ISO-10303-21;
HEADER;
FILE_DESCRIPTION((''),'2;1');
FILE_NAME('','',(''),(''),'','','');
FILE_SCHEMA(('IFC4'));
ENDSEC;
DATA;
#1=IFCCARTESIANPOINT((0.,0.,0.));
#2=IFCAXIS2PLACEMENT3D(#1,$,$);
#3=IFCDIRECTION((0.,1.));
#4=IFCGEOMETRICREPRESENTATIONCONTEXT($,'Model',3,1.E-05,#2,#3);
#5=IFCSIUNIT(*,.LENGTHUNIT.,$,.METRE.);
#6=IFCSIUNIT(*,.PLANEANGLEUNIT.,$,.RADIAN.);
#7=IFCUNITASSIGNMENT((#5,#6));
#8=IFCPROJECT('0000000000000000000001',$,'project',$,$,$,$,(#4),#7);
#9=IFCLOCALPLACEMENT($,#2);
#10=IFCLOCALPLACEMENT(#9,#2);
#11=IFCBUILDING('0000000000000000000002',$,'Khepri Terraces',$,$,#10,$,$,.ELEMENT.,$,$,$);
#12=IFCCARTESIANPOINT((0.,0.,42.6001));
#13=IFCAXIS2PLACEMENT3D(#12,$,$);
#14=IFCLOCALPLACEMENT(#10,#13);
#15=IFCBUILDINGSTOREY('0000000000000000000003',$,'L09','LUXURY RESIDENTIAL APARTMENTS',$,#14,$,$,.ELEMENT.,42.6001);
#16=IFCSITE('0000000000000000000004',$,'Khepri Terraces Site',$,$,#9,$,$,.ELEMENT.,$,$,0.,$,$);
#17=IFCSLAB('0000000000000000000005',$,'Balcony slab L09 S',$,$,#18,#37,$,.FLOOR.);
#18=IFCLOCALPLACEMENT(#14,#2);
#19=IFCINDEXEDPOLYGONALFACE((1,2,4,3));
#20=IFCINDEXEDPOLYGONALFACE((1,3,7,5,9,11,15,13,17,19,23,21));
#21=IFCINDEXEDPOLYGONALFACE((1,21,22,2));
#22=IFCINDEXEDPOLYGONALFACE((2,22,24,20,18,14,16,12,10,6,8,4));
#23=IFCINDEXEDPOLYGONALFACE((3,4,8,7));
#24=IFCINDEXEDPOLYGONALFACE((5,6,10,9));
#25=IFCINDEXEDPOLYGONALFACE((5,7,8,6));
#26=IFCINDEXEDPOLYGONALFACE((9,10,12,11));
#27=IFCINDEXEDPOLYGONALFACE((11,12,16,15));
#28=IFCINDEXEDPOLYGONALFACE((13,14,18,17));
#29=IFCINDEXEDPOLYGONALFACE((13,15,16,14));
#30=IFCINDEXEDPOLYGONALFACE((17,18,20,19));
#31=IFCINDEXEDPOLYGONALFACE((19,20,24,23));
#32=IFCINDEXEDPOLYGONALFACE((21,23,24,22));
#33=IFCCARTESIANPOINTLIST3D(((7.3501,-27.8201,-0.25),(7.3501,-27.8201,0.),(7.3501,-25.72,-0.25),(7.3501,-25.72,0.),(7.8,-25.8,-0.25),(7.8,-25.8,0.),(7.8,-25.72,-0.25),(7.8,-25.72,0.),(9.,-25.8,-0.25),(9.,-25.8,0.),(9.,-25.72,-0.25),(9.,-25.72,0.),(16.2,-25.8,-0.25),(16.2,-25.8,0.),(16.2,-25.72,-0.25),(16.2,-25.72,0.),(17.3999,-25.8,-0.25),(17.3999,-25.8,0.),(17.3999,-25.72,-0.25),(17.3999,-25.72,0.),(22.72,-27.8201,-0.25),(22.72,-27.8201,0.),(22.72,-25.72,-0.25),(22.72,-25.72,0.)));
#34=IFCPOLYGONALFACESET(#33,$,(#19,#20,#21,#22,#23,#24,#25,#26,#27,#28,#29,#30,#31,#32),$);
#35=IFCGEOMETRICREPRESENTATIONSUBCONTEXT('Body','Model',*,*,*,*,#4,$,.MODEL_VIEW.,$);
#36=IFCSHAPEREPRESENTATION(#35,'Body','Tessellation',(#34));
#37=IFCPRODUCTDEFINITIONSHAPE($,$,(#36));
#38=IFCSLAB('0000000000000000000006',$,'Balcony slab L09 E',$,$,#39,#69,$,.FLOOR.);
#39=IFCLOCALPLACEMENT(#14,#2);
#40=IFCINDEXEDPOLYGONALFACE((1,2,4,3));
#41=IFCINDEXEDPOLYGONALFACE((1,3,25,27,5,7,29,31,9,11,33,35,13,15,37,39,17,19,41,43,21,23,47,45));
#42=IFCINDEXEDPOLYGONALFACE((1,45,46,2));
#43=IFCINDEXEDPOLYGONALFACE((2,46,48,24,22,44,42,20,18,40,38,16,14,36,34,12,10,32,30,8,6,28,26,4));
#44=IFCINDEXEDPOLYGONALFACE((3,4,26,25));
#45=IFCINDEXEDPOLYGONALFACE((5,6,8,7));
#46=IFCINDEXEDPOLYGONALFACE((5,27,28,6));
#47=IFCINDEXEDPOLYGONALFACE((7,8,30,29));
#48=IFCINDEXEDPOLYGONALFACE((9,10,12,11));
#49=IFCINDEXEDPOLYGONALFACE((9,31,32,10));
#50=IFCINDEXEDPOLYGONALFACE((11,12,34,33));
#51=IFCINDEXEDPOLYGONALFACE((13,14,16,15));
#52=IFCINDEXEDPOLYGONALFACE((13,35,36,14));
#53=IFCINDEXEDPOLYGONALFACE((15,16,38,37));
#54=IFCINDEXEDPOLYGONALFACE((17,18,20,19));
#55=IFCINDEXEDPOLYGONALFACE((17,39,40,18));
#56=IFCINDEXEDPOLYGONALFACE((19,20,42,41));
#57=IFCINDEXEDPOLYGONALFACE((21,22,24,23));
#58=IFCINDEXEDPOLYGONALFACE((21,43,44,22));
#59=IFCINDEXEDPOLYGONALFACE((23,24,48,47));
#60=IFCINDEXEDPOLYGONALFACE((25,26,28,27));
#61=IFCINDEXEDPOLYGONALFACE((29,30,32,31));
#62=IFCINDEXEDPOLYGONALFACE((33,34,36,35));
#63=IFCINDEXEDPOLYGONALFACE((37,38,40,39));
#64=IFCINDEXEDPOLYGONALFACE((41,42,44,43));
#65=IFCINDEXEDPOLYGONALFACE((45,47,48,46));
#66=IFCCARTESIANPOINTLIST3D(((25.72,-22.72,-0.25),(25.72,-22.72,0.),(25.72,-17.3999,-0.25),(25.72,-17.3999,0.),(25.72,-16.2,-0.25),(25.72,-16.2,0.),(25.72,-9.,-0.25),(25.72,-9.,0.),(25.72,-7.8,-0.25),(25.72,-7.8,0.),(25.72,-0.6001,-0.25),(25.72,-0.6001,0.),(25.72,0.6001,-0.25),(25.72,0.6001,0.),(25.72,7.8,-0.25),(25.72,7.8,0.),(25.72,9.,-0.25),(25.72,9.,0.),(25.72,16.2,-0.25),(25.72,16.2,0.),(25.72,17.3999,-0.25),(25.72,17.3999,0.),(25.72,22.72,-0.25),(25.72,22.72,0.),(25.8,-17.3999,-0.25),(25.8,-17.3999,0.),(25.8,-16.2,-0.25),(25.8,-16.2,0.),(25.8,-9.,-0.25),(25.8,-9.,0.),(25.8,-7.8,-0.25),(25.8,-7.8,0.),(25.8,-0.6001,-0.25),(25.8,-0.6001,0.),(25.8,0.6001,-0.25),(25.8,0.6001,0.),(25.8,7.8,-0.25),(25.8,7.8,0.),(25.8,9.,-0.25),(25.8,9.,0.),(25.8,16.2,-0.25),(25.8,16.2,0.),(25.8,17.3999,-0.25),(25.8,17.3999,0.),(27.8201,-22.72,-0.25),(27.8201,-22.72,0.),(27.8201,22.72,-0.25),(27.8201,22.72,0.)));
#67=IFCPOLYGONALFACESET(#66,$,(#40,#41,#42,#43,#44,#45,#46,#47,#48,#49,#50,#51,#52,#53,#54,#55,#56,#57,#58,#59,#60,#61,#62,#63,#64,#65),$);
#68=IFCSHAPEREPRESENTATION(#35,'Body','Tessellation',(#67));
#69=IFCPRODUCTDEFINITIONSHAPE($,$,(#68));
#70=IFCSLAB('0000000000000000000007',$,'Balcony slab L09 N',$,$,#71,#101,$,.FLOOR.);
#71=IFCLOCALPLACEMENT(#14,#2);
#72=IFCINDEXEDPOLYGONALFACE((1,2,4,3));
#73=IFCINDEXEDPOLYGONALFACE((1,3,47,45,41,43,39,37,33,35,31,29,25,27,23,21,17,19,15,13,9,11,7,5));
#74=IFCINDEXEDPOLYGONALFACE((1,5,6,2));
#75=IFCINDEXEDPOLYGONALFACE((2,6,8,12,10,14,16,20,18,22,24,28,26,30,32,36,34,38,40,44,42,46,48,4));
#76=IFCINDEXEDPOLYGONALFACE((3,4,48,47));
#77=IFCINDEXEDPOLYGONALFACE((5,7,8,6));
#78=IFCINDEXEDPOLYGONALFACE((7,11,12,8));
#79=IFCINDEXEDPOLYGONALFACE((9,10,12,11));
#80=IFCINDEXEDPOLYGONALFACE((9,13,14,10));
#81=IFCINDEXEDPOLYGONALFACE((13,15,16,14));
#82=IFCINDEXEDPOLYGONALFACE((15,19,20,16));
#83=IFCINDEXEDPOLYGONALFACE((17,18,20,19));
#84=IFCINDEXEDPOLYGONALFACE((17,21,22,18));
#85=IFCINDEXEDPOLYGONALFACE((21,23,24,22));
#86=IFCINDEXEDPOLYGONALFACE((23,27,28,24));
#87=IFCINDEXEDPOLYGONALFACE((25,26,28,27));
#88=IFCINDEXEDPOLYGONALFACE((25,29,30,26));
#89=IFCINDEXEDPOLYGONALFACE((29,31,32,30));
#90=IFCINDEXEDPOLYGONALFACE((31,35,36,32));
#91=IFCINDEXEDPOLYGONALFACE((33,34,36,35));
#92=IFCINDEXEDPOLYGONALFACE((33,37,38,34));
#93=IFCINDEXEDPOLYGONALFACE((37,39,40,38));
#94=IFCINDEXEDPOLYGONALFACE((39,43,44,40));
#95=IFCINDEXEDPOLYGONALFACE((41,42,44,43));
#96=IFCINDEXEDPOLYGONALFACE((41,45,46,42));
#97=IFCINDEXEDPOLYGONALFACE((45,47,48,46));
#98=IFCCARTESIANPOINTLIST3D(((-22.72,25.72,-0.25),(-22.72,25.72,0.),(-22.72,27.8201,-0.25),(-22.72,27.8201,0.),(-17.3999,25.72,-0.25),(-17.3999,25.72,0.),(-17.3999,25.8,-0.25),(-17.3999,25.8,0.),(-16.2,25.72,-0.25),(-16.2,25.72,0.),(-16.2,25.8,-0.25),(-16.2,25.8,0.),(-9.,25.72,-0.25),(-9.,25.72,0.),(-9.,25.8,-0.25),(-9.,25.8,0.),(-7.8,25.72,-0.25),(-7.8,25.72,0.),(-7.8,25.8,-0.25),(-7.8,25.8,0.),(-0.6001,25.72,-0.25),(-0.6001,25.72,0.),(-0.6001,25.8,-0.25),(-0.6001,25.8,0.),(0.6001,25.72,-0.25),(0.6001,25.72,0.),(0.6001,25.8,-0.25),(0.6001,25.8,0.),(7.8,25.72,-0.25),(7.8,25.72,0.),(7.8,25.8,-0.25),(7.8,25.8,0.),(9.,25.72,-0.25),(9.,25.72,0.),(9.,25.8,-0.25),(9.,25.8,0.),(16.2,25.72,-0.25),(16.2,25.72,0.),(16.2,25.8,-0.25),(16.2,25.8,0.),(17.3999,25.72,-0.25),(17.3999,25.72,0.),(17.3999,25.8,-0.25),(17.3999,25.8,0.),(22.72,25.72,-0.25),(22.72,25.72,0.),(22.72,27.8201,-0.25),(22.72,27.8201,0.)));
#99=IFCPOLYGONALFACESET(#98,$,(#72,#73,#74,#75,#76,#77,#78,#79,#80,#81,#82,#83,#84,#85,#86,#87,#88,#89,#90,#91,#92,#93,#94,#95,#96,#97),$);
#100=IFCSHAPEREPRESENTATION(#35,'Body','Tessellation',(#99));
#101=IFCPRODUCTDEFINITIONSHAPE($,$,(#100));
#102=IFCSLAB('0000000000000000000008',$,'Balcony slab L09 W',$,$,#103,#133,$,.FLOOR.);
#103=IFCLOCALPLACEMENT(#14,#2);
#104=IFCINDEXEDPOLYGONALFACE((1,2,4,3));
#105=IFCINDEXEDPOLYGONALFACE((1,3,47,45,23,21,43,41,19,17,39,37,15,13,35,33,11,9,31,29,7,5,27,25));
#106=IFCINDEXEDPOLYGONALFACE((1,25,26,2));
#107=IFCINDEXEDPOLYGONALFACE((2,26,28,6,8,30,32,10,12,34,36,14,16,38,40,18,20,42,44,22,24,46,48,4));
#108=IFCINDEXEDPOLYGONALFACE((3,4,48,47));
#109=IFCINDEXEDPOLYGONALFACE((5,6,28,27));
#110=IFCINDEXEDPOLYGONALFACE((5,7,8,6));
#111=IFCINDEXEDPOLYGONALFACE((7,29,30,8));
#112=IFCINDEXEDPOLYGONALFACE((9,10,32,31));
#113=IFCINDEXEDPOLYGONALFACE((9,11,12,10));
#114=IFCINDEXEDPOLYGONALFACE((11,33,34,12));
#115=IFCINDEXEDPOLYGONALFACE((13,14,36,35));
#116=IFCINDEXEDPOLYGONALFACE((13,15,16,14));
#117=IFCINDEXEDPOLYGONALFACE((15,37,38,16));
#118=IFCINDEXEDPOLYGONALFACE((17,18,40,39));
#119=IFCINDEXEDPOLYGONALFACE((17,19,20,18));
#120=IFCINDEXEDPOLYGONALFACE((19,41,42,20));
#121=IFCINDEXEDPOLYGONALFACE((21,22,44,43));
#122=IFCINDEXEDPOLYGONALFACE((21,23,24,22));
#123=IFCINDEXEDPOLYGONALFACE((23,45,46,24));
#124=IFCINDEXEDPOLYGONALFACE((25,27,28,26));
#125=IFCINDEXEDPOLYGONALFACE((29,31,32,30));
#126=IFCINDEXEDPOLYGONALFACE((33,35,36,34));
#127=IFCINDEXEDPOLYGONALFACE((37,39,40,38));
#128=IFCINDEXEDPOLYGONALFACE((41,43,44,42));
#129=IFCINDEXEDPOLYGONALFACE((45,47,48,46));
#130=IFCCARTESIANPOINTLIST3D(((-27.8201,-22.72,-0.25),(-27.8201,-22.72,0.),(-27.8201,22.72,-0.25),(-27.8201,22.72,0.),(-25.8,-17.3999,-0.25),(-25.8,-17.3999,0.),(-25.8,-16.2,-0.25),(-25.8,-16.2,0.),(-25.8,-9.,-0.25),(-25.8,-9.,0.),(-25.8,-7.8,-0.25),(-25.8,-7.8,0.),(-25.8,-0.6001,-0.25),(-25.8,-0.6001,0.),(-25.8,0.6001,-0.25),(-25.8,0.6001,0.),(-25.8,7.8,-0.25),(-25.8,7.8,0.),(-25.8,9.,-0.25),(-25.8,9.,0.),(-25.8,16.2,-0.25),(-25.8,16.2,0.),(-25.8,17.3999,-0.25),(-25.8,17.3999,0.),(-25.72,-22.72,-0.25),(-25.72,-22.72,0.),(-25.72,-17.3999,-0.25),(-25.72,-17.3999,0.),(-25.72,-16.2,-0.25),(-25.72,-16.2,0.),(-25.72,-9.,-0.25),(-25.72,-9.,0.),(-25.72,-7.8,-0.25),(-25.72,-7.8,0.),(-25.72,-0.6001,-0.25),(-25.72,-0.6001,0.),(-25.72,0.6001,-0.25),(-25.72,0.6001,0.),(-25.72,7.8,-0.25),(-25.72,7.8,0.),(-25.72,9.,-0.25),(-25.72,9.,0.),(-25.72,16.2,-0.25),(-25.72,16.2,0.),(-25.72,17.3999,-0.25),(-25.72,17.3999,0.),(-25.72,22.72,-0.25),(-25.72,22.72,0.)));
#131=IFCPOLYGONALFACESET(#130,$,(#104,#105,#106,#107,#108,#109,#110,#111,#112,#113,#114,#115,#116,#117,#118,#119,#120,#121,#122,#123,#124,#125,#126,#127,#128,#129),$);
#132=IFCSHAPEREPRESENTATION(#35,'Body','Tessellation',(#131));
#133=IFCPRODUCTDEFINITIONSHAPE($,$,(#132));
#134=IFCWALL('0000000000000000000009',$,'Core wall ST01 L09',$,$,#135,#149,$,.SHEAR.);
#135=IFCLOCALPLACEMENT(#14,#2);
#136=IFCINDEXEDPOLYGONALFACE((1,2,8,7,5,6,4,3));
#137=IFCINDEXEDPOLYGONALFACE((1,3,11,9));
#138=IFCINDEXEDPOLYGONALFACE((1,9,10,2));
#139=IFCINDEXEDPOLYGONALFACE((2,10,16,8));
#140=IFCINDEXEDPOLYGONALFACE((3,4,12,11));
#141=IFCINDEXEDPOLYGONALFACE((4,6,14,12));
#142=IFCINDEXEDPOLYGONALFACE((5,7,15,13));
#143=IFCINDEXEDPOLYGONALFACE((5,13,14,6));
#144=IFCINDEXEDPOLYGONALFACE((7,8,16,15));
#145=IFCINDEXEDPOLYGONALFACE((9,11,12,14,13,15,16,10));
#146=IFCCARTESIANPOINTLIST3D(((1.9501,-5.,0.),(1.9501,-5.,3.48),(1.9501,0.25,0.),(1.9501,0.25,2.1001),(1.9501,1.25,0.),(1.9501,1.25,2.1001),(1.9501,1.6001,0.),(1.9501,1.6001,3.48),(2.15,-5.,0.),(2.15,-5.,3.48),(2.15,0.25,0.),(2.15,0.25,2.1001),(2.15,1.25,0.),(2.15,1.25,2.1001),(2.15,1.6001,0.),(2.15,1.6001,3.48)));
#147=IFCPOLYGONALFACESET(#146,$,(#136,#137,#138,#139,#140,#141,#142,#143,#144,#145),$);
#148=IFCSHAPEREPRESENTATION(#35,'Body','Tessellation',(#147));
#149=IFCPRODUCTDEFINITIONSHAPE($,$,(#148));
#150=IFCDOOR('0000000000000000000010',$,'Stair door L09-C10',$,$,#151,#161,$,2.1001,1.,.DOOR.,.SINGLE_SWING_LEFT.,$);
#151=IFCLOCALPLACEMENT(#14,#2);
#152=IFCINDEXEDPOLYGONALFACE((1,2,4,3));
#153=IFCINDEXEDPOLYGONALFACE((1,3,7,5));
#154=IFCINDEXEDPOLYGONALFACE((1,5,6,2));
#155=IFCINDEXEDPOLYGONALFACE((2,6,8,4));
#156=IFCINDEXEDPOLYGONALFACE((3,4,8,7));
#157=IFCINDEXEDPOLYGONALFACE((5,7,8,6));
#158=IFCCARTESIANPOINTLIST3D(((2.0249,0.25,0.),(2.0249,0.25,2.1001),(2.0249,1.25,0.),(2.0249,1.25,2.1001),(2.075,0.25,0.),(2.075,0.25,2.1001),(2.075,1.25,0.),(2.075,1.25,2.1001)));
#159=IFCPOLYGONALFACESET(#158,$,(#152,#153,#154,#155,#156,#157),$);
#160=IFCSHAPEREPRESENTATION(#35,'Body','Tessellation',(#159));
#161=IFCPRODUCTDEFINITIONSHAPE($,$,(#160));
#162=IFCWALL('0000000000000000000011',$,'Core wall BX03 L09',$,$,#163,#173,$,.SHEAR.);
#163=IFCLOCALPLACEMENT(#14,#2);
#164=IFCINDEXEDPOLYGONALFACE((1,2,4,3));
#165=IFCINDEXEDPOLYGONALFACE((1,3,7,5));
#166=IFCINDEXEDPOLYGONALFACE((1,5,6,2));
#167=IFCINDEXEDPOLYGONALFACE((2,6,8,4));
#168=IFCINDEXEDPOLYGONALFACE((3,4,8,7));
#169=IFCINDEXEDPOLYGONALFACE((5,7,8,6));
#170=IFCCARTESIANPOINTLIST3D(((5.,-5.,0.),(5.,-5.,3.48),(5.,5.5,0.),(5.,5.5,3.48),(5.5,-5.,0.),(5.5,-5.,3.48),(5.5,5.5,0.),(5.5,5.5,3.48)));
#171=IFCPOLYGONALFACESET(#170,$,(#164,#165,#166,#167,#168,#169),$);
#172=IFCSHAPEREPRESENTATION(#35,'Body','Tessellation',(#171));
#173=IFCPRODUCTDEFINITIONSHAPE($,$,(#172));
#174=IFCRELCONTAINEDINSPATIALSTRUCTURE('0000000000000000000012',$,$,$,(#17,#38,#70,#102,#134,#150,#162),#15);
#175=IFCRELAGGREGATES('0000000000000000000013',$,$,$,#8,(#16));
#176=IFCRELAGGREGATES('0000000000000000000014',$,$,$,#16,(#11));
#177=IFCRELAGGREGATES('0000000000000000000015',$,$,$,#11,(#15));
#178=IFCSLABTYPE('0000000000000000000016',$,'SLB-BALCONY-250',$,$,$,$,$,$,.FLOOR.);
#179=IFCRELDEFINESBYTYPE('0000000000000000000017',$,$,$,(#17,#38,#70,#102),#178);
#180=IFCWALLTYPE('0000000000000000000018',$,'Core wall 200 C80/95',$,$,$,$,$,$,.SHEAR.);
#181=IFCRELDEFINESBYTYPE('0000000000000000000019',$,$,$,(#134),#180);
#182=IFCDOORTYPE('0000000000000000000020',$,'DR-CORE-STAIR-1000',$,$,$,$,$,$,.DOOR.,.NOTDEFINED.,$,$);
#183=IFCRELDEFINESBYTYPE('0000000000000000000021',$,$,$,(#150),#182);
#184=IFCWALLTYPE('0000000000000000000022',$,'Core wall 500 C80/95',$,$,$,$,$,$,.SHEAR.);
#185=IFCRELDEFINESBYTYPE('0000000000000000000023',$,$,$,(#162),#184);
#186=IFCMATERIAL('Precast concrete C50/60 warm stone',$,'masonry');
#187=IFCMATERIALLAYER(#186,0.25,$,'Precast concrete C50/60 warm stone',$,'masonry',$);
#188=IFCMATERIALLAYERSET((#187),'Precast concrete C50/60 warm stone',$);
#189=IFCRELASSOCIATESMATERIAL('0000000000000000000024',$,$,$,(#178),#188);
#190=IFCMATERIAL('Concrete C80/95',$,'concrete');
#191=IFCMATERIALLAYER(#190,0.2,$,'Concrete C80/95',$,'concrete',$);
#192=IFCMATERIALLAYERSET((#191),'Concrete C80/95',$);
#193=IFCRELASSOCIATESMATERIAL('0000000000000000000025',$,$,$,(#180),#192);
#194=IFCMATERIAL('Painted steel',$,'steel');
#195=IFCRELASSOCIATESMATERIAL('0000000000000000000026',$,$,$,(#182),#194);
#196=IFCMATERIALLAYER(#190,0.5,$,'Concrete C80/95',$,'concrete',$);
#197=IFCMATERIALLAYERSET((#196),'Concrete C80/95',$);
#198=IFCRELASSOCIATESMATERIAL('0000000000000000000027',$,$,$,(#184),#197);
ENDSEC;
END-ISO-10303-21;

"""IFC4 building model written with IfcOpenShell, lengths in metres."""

from ifc_helpers import new_model, si_unit, direction, frame, frame_2d, origin, place, context, subcontext, project, spatial, polyline, rectangle, outline, extrude, material, layer, layer_set, type_object, element, fill, save


model = new_model("IFC4")

# Units and contexts
model_context = context("Model", 3, precision=1e-05, world=origin(), true_north=direction((0.0, 1.0)))
body_context = subcontext(model_context, "Body", "Model", "MODEL_VIEW")
ifc_project = project(units=[si_unit("LENGTHUNIT", "METRE"), si_unit("PLANEANGLEUNIT", "RADIAN")], contexts=[model_context])

# Site, building, storey
site_placement = place(None, origin())
site = spatial("IfcSite", under=ifc_project, at=site_placement, Name="Khepri Terraces Site", CompositionType="ELEMENT", RefElevation=0.0)
building_placement = place(site_placement, origin())
building = spatial("IfcBuilding", under=site, at=building_placement, Name="Khepri Terraces", CompositionType="ELEMENT")
storey_placement = place(building_placement, frame((0.0, 0.0, 42.6001)))
storey = spatial("IfcBuildingStorey", under=building, at=storey_placement, Name="L09", Description="LUXURY RESIDENTIAL APARTMENTS", CompositionType="ELEMENT", Elevation=42.6001)

# Slabs
ifc_material_1 = material(Name="Precast concrete C50/60 warm stone", Category="masonry")
ifc_layer_1 = layer(ifc_material_1, 0.25, Name="Precast concrete C50/60 warm stone", Category="masonry")
ifc_layer_set_1 = layer_set([ifc_layer_1], Name="Precast concrete C50/60 warm stone")
slab_type = type_object("IfcSlabType", Name="SLB-BALCONY-250", PredefinedType="FLOOR", material=ifc_layer_set_1)
slab_1_placement = place(storey_placement, frame((0.0, 0.0, -0.25)))
element("IfcSlab", 1, at=slab_1_placement, inside=storey, type_object=slab_type, Name="Balcony slab L09 S", PredefinedType="FLOOR", context=body_context, shape_type="SweptSolid", body=[
    extrude(outline(polyline([(7.8, -25.72), (7.3501, -25.72), (7.3501, -27.8201), (22.72, -27.8201), (22.72, -25.72), (17.3999, -25.72), (17.3999, -25.8), (16.2, -25.8), (16.2, -25.72), (9.0, -25.72), (9.0, -25.8), (7.8, -25.8), (7.8, -25.72)])), origin(), (0.0, 0.0, 1.0), 0.25),
])
slab_2_placement = place(storey_placement, frame((0.0, 0.0, -0.25)))
element("IfcSlab", 2, at=slab_2_placement, inside=storey, type_object=slab_type, Name="Balcony slab L09 E", PredefinedType="FLOOR", context=body_context, shape_type="SweptSolid", body=[
    extrude(outline(polyline([(25.72, -17.3999), (25.72, -22.72), (27.8201, -22.72), (27.8201, 22.72), (25.72, 22.72), (25.72, 17.3999), (25.8, 17.3999), (25.8, 16.2), (25.72, 16.2), (25.72, 9.0), (25.8, 9.0), (25.8, 7.8), (25.72, 7.8), (25.72, 0.6001), (25.8, 0.6001), (25.8, -0.6001), (25.72, -0.6001), (25.72, -7.8), (25.8, -7.8), (25.8, -9.0), (25.72, -9.0), (25.72, -16.2), (25.8, -16.2), (25.8, -17.3999), (25.72, -17.3999)])), origin(), (0.0, 0.0, 1.0), 0.25),
])
slab_3_placement = place(storey_placement, frame((0.0, 0.0, -0.25)))
element("IfcSlab", 3, at=slab_3_placement, inside=storey, type_object=slab_type, Name="Balcony slab L09 N", PredefinedType="FLOOR", context=body_context, shape_type="SweptSolid", body=[
    extrude(outline(polyline([(17.3999, 25.72), (22.72, 25.72), (22.72, 27.8201), (-22.72, 27.8201), (-22.72, 25.72), (-17.3999, 25.72), (-17.3999, 25.8), (-16.2, 25.8), (-16.2, 25.72), (-9.0, 25.72), (-9.0, 25.8), (-7.8, 25.8), (-7.8, 25.72), (-0.6001, 25.72), (-0.6001, 25.8), (0.6001, 25.8), (0.6001, 25.72), (7.8, 25.72), (7.8, 25.8), (9.0, 25.8), (9.0, 25.72), (16.2, 25.72), (16.2, 25.8), (17.3999, 25.8), (17.3999, 25.72)])), origin(), (0.0, 0.0, 1.0), 0.25),
])
slab_4_placement = place(storey_placement, frame((0.0, 0.0, -0.25)))
element("IfcSlab", 4, at=slab_4_placement, inside=storey, type_object=slab_type, Name="Balcony slab L09 W", PredefinedType="FLOOR", context=body_context, shape_type="SweptSolid", body=[
    extrude(outline(polyline([(-25.72, 17.3999), (-25.72, 22.72), (-27.8201, 22.72), (-27.8201, -22.72), (-25.72, -22.72), (-25.72, -17.3999), (-25.8, -17.3999), (-25.8, -16.2), (-25.72, -16.2), (-25.72, -9.0), (-25.8, -9.0), (-25.8, -7.8), (-25.72, -7.8), (-25.72, -0.6001), (-25.8, -0.6001), (-25.8, 0.6001), (-25.72, 0.6001), (-25.72, 7.8), (-25.8, 7.8), (-25.8, 9.0), (-25.72, 9.0), (-25.72, 16.2), (-25.8, 16.2), (-25.8, 17.3999), (-25.72, 17.3999)])), origin(), (0.0, 0.0, 1.0), 0.25),
])

# Wall, opening, door
ifc_material_2 = material(Name="Concrete C80/95", Category="concrete")
ifc_layer_2 = layer(ifc_material_2, 0.2, Name="Concrete C80/95", Category="concrete")
ifc_layer_set_2 = layer_set([ifc_layer_2], Name="Concrete C80/95")
wall_type_1 = type_object("IfcWallType", Name="Core wall 200 C80/95", PredefinedType="SHEAR", material=ifc_layer_set_2)
wall_1_placement = place(storey_placement, frame((2.05, -5.0, 0.0), z_axis=(0.0, 0.0, 1.0), x_axis=(0.0, 1.0, 0.0)))
wall_1 = element("IfcWall", 5, at=wall_1_placement, inside=storey, type_object=wall_type_1, Name="Core wall ST01 L09", PredefinedType="SHEAR", context=body_context, shape_type="SweptSolid", body=[
    extrude(rectangle(XDim=6.6001, YDim=0.2, at=frame_2d((3.3, 0.0))), origin(), (0.0, 0.0, 1.0), 3.48),
])
opening_1_placement = place(wall_1_placement, frame((5.25, 0.0, 0.0)))
opening_1 = element("IfcOpeningElement", 6, at=opening_1_placement, cuts=wall_1, PredefinedType="OPENING", context=body_context, shape_type="SweptSolid", body=[
    extrude(rectangle(XDim=1.0, YDim=2.1001, at=frame_2d((0.5, 1.05))), frame((0.0, 0.1099, 0.0), z_axis=(0.0, -1.0, 0.0), x_axis=(1.0, 0.0, 0.0)), (0.0, 0.0, 1.0), 0.22),
])
ifc_material_3 = material(Name="Painted steel", Category="steel")
door_type_1 = type_object("IfcDoorType", Name="DR-CORE-STAIR-1000", OperationType="NOTDEFINED", PredefinedType="DOOR", material=ifc_material_3)
door_1_placement = place(opening_1_placement, frame((1.0, 0.0, 0.0), z_axis=(0.0, 0.0, 1.0), x_axis=(-1.0, 0.0, 0.0)))
door_1 = element("IfcDoor", 7, at=door_1_placement, inside=storey, type_object=door_type_1, Name="Stair door L09-C10", OperationType="SINGLE_SWING_LEFT", OverallHeight=2.1001, OverallWidth=1.0, PredefinedType="DOOR", context=body_context, shape_type="SweptSolid", body=[
    extrude(rectangle(XDim=1.0, YDim=2.1001, at=frame_2d((0.5, 1.05))), frame((0.0, 0.0249, 0.0), z_axis=(0.0, -1.0, 0.0), x_axis=(1.0, 0.0, 0.0)), (0.0, 0.0, 1.0), 0.05),
])
fill(opening_1, door_1)

# Wall
ifc_layer_3 = layer(ifc_material_2, 0.5, Name="Concrete C80/95", Category="concrete")
ifc_layer_set_3 = layer_set([ifc_layer_3], Name="Concrete C80/95")
wall_type_2 = type_object("IfcWallType", Name="Core wall 500 C80/95", PredefinedType="SHEAR", material=ifc_layer_set_3)
wall_2_placement = place(storey_placement, frame((5.25, -5.0, 0.0), z_axis=(0.0, 0.0, 1.0), x_axis=(0.0, 1.0, 0.0)))
element("IfcWall", 8, at=wall_2_placement, inside=storey, type_object=wall_type_2, Name="Core wall BX03 L09", PredefinedType="SHEAR", context=body_context, shape_type="SweptSolid", body=[
    extrude(rectangle(XDim=10.5, YDim=0.5, at=frame_2d((5.25, 0.0))), origin(), (0.0, 0.0, 1.0), 3.48),
])

save(model, "model.ifc")
